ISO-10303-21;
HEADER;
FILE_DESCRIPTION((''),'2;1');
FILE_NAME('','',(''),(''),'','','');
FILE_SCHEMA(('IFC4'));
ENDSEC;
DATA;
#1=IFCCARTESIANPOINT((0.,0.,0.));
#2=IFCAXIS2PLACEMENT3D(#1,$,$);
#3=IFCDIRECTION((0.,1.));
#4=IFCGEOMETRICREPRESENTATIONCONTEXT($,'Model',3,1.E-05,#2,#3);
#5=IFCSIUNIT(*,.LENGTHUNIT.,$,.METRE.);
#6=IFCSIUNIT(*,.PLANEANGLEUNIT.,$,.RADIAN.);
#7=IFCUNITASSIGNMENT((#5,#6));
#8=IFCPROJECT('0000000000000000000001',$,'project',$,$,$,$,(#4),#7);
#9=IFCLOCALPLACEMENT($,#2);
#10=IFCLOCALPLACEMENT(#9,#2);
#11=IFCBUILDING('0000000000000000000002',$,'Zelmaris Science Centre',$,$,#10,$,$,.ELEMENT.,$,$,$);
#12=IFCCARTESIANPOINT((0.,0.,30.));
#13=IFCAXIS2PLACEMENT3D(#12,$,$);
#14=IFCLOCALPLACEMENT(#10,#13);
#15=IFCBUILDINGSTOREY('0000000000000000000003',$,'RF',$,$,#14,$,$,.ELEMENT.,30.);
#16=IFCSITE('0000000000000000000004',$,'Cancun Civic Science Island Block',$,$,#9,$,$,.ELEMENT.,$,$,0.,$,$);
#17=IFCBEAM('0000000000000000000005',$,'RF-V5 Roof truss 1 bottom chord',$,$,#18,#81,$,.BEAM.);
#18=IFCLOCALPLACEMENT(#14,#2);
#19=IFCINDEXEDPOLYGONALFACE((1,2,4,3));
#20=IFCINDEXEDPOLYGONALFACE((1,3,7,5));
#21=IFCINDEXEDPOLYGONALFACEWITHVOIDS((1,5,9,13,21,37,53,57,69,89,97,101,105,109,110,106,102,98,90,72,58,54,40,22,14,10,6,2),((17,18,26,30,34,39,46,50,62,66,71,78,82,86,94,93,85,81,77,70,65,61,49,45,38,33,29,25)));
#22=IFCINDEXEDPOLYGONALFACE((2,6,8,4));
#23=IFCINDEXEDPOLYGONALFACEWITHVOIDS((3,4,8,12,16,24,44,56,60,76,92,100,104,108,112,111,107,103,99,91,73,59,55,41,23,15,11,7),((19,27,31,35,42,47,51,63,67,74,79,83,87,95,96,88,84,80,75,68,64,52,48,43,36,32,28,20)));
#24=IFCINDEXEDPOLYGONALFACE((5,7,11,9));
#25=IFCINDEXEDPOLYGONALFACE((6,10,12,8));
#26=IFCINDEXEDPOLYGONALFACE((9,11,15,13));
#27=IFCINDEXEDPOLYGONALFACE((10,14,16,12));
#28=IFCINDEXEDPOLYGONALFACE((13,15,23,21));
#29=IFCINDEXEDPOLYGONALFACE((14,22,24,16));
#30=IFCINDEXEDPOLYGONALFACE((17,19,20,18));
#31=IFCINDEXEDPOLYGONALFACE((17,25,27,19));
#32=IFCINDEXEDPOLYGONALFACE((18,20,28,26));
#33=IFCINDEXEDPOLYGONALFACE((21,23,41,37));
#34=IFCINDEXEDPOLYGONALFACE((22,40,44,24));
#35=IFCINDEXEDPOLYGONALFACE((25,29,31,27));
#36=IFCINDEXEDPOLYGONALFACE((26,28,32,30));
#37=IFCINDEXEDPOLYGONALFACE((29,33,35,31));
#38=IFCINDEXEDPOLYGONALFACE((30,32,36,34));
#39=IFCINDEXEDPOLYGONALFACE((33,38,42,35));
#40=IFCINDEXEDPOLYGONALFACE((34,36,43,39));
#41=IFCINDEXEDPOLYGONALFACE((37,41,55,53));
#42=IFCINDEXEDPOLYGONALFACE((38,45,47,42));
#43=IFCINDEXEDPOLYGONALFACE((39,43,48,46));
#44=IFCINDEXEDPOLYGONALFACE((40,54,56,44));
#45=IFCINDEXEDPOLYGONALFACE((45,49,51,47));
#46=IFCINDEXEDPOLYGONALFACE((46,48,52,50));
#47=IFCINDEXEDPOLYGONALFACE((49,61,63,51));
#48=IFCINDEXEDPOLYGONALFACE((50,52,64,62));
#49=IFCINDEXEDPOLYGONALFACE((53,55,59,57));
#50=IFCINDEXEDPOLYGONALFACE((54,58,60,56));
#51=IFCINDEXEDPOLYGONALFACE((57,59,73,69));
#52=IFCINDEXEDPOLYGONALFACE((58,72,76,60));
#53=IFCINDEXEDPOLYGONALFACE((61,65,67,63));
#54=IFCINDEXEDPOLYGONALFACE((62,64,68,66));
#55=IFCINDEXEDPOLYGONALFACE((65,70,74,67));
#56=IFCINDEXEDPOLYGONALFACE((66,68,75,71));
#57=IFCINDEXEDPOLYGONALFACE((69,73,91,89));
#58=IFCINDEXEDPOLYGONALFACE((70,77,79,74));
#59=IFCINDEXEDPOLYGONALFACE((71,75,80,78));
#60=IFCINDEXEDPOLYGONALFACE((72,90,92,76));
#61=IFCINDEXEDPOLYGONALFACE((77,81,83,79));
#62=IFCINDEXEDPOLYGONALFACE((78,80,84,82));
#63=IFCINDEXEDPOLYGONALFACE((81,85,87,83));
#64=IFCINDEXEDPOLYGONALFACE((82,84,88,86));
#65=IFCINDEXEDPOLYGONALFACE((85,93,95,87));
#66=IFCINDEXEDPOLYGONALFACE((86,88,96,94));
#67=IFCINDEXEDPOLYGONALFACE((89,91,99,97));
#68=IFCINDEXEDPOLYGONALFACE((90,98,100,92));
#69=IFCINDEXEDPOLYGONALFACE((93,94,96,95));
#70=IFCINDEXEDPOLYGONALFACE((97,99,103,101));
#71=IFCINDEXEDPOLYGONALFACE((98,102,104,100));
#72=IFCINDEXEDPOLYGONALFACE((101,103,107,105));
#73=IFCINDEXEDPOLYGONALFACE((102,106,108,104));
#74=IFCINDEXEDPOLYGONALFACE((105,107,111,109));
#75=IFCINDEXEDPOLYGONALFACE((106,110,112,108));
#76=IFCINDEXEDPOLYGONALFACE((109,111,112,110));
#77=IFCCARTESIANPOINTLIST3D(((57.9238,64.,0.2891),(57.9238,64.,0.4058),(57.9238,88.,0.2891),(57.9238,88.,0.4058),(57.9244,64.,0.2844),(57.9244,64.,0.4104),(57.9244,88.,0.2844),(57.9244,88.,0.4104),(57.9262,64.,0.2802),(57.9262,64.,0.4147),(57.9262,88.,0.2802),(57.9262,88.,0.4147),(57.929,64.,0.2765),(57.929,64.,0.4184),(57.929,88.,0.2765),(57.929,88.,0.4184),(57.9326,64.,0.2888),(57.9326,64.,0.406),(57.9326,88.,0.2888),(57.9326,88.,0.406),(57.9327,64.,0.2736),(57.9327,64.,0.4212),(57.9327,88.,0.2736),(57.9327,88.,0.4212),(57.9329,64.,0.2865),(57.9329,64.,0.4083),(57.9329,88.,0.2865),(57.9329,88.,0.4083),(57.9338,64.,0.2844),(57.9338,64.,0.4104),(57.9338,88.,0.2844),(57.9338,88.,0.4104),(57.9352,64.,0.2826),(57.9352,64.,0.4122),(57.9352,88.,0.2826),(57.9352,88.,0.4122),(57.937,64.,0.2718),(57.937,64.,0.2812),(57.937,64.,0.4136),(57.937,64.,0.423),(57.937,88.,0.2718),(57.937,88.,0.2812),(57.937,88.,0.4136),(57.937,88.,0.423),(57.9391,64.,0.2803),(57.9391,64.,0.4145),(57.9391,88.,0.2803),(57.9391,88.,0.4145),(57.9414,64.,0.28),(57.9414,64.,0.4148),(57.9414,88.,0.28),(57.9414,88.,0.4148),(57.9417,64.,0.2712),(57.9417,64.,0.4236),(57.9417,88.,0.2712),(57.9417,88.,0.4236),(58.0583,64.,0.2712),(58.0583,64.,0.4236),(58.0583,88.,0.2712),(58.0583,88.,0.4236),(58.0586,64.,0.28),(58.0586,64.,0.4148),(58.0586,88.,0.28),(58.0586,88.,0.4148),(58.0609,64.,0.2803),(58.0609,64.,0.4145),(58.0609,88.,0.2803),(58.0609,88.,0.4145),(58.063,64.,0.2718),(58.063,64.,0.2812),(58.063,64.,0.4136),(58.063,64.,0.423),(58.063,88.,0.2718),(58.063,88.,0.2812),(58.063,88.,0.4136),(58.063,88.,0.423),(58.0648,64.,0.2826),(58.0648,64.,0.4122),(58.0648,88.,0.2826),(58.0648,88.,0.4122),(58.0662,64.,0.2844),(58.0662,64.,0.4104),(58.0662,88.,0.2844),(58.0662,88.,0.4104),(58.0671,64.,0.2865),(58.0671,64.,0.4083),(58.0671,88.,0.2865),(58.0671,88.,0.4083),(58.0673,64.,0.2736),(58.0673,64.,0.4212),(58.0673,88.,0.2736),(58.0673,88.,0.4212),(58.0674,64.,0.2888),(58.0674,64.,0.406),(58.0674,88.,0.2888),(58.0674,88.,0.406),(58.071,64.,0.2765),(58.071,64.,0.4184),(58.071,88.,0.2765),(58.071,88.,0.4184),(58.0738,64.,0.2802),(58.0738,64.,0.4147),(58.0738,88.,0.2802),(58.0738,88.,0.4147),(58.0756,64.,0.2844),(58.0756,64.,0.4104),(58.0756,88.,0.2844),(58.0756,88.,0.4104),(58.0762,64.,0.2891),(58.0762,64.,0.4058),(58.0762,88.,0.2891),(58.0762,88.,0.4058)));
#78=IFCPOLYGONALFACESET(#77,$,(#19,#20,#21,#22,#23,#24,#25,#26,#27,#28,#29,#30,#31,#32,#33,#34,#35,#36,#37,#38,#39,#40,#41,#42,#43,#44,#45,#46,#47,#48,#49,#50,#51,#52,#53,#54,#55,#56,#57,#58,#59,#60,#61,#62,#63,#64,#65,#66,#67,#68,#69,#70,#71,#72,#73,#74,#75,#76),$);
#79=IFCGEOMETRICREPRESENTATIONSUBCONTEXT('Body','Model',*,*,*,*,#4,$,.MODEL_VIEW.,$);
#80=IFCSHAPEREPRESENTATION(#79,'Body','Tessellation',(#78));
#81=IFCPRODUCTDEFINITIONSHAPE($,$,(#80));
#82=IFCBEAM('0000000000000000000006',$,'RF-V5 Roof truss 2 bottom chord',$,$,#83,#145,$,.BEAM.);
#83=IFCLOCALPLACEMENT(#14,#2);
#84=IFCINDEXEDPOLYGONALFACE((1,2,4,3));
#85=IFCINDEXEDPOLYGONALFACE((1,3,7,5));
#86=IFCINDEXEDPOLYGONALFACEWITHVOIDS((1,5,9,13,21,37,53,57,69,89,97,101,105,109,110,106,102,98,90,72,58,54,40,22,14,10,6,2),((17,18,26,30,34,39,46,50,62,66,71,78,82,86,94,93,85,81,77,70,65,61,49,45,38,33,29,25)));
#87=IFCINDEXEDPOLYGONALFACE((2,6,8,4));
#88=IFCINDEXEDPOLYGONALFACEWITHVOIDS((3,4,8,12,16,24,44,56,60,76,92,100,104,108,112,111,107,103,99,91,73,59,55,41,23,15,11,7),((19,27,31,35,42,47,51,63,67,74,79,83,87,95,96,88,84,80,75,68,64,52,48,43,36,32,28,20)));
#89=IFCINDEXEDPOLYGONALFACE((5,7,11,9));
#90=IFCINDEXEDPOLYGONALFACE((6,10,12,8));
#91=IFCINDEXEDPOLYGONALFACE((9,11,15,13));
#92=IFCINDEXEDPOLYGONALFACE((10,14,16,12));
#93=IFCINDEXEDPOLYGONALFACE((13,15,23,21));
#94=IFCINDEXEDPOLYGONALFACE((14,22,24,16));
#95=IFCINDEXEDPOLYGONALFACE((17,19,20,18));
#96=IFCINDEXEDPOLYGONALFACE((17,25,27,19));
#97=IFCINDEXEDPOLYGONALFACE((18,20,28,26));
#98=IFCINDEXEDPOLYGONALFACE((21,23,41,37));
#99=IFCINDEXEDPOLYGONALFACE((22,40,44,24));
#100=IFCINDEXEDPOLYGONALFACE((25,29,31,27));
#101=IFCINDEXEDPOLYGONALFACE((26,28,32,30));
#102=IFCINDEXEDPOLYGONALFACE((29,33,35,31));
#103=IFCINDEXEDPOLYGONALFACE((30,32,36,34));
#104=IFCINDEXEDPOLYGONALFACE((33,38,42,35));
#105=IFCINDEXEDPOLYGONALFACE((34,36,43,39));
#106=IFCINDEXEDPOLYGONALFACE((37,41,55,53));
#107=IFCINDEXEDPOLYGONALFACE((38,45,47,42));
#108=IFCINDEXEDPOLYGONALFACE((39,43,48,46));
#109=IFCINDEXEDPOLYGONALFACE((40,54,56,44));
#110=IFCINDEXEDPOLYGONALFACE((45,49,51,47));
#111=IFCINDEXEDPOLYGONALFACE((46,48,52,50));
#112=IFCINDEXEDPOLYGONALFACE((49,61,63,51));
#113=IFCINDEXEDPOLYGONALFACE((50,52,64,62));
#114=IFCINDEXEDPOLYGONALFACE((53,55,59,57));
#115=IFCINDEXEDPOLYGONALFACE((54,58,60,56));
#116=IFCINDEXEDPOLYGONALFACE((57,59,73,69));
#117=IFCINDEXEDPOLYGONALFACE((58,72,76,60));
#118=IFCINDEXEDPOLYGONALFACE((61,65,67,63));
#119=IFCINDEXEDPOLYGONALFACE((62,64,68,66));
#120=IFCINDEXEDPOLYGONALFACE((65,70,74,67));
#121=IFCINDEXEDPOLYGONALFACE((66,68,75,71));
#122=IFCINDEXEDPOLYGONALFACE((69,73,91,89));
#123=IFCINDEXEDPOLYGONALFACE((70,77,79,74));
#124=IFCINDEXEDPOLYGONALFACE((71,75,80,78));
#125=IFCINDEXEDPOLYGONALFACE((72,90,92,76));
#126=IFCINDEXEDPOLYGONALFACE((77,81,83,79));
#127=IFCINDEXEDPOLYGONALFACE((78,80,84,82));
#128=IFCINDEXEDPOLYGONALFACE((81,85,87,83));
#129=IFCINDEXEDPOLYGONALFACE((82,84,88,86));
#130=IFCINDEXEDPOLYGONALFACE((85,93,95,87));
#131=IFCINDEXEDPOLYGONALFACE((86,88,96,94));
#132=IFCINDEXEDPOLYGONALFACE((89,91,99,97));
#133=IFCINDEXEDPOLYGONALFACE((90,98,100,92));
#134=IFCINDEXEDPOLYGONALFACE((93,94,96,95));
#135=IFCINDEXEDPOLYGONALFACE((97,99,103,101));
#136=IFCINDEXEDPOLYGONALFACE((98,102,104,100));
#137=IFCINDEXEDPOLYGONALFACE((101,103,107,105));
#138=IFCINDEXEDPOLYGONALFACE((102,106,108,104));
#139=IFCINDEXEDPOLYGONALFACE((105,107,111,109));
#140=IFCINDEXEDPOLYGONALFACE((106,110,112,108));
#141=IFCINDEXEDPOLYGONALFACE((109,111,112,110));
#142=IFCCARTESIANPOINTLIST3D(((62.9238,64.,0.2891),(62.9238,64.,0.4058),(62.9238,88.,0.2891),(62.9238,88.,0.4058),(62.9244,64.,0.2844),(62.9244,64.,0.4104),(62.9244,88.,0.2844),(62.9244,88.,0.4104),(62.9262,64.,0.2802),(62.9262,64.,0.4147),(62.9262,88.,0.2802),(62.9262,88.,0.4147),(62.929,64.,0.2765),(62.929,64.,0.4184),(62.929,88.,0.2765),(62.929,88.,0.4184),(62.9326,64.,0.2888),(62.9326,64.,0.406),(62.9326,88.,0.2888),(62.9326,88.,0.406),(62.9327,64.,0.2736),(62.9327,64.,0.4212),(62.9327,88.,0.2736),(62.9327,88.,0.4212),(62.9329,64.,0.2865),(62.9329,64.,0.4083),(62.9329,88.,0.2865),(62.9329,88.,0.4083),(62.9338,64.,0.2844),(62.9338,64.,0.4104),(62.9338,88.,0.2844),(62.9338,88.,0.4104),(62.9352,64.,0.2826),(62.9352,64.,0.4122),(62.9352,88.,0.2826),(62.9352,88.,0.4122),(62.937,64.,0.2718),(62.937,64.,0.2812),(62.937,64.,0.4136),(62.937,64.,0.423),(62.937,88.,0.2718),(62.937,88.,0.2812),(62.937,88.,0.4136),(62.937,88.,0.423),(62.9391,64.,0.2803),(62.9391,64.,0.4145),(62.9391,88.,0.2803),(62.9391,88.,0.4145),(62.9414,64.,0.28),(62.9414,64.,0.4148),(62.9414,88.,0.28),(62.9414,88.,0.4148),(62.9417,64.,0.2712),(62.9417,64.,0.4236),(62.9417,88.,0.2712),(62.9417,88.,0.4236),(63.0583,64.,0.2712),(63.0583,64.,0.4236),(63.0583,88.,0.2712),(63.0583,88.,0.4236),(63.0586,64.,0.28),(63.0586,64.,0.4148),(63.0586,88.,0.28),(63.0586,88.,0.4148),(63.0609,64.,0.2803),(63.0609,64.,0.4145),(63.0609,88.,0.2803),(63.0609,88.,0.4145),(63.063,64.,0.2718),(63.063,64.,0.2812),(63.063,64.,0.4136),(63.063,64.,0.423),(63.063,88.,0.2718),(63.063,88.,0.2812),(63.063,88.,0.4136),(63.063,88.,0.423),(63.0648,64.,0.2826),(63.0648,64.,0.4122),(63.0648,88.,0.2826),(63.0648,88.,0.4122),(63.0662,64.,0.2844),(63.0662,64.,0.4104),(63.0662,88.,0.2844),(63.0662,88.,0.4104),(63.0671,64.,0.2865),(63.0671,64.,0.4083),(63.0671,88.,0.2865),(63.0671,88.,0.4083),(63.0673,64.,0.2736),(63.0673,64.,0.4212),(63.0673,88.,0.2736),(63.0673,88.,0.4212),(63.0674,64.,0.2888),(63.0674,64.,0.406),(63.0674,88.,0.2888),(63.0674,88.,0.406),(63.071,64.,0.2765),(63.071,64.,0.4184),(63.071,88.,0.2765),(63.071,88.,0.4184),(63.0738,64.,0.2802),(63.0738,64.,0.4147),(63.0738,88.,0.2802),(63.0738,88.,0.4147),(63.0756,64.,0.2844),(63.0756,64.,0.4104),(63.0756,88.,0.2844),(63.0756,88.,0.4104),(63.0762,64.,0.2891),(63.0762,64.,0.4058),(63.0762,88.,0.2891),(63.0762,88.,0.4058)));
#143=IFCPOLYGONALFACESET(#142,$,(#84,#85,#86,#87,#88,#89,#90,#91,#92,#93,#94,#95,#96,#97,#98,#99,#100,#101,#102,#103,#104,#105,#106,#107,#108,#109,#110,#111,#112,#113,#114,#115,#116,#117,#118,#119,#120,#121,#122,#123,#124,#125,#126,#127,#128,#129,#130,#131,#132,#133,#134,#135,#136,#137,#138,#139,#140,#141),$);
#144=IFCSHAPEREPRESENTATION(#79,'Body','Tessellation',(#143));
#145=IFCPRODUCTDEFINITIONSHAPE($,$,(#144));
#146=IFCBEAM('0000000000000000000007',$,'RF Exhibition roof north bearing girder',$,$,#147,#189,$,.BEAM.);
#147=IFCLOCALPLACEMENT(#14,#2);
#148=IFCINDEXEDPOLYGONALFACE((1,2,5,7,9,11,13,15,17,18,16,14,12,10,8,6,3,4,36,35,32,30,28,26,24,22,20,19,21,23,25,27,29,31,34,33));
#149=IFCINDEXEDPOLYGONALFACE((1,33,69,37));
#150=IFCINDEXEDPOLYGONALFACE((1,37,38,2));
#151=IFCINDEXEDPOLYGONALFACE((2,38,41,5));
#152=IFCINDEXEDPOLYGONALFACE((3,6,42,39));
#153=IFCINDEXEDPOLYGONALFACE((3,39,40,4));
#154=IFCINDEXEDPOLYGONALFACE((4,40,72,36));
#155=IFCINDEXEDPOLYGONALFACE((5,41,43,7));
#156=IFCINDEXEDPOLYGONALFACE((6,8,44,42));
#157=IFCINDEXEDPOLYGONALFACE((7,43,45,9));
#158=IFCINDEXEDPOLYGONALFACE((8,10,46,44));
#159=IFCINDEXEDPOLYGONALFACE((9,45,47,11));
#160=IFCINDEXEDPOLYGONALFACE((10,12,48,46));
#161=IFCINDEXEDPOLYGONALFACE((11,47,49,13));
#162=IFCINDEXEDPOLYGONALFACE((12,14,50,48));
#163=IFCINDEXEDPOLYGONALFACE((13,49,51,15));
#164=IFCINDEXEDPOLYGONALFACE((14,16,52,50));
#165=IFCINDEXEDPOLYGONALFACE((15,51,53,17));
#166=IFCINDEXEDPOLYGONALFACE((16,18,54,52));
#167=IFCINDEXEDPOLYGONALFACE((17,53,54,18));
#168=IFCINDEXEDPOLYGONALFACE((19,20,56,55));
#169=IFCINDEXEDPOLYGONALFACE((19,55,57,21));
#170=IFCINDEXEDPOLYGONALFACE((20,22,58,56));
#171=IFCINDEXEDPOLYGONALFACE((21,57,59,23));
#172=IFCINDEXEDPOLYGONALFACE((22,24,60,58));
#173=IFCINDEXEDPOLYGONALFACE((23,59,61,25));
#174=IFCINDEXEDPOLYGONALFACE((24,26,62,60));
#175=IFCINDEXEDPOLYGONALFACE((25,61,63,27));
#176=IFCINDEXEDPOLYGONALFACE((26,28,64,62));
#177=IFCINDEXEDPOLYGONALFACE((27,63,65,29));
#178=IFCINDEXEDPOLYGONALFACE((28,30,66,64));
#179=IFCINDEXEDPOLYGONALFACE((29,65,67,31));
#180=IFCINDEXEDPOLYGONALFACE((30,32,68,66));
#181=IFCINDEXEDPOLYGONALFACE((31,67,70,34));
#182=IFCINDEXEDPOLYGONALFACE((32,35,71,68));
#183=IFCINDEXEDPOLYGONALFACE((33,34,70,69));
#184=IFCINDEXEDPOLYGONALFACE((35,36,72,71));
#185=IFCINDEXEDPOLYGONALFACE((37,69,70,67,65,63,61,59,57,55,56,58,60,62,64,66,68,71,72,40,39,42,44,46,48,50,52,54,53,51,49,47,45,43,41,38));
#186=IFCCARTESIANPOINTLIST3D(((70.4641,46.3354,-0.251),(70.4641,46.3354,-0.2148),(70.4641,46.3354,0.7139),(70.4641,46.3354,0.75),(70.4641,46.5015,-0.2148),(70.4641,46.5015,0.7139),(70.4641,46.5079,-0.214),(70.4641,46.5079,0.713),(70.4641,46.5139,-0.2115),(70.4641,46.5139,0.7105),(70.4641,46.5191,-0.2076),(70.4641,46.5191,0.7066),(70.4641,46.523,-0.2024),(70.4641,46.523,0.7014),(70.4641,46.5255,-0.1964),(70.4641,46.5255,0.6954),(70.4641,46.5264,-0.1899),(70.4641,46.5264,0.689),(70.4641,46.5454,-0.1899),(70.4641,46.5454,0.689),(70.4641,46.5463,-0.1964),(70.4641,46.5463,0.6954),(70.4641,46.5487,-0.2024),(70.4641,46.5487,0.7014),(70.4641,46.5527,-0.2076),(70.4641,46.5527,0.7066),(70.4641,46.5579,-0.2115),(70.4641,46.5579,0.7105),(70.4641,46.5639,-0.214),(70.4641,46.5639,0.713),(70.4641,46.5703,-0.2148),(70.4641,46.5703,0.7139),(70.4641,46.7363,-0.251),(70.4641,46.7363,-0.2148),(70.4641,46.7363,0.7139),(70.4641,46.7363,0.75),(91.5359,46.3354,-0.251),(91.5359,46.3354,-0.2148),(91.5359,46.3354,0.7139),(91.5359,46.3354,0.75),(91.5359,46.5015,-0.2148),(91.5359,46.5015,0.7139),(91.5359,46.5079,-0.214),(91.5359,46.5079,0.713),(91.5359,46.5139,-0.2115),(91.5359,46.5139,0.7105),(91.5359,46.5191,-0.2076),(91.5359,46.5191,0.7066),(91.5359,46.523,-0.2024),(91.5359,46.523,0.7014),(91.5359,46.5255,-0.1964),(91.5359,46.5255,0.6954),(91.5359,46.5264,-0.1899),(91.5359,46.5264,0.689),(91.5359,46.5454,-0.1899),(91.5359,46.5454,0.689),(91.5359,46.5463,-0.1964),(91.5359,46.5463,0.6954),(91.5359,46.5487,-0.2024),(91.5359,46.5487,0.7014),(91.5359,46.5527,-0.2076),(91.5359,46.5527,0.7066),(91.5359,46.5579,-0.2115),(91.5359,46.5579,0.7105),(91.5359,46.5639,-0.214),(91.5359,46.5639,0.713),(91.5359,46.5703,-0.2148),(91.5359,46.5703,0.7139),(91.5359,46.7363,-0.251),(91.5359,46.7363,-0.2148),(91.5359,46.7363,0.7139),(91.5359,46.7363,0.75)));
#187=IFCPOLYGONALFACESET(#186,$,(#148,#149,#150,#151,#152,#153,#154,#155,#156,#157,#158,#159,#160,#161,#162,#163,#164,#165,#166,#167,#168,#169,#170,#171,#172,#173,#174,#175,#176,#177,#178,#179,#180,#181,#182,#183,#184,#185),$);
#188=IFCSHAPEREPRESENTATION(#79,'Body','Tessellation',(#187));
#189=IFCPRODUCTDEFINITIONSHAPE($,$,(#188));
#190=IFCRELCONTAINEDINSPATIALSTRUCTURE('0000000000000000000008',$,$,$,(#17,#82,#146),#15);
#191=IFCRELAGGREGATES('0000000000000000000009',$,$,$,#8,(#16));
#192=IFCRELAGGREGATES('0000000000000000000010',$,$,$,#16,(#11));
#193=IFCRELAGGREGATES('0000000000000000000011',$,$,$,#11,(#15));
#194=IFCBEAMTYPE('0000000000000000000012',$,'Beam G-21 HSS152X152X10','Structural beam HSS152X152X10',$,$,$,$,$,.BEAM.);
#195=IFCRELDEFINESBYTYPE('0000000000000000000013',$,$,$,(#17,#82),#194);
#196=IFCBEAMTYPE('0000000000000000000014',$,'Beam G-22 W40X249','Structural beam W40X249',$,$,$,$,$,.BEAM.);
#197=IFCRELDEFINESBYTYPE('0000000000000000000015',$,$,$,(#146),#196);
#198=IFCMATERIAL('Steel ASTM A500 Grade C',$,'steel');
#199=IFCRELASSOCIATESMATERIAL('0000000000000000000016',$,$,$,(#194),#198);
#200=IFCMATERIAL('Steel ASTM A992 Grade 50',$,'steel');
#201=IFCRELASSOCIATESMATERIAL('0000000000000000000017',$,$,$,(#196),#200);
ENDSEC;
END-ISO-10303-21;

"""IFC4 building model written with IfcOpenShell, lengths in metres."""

from ifc_helpers import new_model, si_unit, direction, frame, origin, origin_2d, place, context, subcontext, project, spatial, hollow_rectangle, i_section, extrude, material, material_profile, profile_set, type_object, element, save


model = new_model("IFC4")

# Units and contexts
model_context = context("Model", 3, precision=1e-05, world=origin(), true_north=direction((0.0, 1.0)))
body_context = subcontext(model_context, "Body", "Model", "MODEL_VIEW")
ifc_project = project(units=[si_unit("LENGTHUNIT", "METRE"), si_unit("PLANEANGLEUNIT", "RADIAN")], contexts=[model_context])

# Site, building, storey
site_placement = place(None, origin())
site = spatial("IfcSite", under=ifc_project, at=site_placement, Name="Cancun Civic Science Island Block", CompositionType="ELEMENT", RefElevation=0.0)
building_placement = place(site_placement, origin())
building = spatial("IfcBuilding", under=site, at=building_placement, Name="Zelmaris Science Centre", CompositionType="ELEMENT")
storey_placement = place(building_placement, frame((0.0, 0.0, 30.0)))
storey = spatial("IfcBuildingStorey", under=building, at=storey_placement, Name="RF", CompositionType="ELEMENT", Elevation=30.0)

# Beams
ifc_material_1 = material(Name="Steel ASTM A500 Grade C", Category="steel")
ifc_material_profile_1 = material_profile(ifc_material_1, hollow_rectangle(XDim=0.1523, YDim=0.1523, WallThickness=0.0088, InnerFilletRadius=0.0088, OuterFilletRadius=0.0178, at=origin_2d()), Name="HSS152X152X10")
ifc_profile_set_1 = profile_set([ifc_material_profile_1], Name="Steel ASTM A500 Grade C")
beam_type_1 = type_object("IfcBeamType", Name="Beam G-21 HSS152X152X10", Description="Structural beam HSS152X152X10", PredefinedType="BEAM", material=ifc_profile_set_1)
for number, where, z_axis, x_axis, name in (
    (1, (58.0, 64.0, 0.3474), (0.0, 1.0, 0.0), (-1.0, 0.0, 0.0), "RF-V5 Roof truss 1 bottom chord"),
    (2, (63.0, 64.0, 0.3474), (0.0, 1.0, 0.0), (-1.0, 0.0, 0.0), "RF-V5 Roof truss 2 bottom chord"),
):
    element("IfcBeam", number, at=place(storey_placement, frame(where, z_axis=z_axis, x_axis=x_axis)), inside=storey, type_object=beam_type_1, Name=name, PredefinedType="BEAM", context=body_context, shape_type="SweptSolid", body=[
        extrude(hollow_rectangle(XDim=0.1523, YDim=0.1523, WallThickness=0.0088, InnerFilletRadius=0.0088, OuterFilletRadius=0.0178, at=origin_2d()), origin(), (0.0, 0.0, 1.0), 24.0),
    ])
ifc_material_2 = material(Name="Steel ASTM A992 Grade 50", Category="steel")
ifc_material_profile_2 = material_profile(ifc_material_2, i_section(OverallWidth=0.4009, OverallDepth=1.001, WebThickness=0.019, FlangeThickness=0.0361, FilletRadius=0.0249, at=origin_2d()), Name="W40X249")
ifc_profile_set_2 = profile_set([ifc_material_profile_2], Name="Steel ASTM A992 Grade 50")
beam_type_2 = type_object("IfcBeamType", Name="Beam G-22 W40X249", Description="Structural beam W40X249", PredefinedType="BEAM", material=ifc_profile_set_2)
beam_placement = place(storey_placement, frame((70.4641, 46.5359, 0.2495), z_axis=(1.0, 0.0, 0.0), x_axis=(0.0, 1.0, 0.0)))
element("IfcBeam", 3, at=beam_placement, inside=storey, type_object=beam_type_2, Name="RF Exhibition roof north bearing girder", PredefinedType="BEAM", context=body_context, shape_type="SweptSolid", body=[
    extrude(i_section(OverallWidth=0.4009, OverallDepth=1.001, WebThickness=0.019, FlangeThickness=0.0361, FilletRadius=0.0249, at=origin_2d()), origin(), (0.0, 0.0, 1.0), 21.0718),
])

save(model, "model.ifc")
